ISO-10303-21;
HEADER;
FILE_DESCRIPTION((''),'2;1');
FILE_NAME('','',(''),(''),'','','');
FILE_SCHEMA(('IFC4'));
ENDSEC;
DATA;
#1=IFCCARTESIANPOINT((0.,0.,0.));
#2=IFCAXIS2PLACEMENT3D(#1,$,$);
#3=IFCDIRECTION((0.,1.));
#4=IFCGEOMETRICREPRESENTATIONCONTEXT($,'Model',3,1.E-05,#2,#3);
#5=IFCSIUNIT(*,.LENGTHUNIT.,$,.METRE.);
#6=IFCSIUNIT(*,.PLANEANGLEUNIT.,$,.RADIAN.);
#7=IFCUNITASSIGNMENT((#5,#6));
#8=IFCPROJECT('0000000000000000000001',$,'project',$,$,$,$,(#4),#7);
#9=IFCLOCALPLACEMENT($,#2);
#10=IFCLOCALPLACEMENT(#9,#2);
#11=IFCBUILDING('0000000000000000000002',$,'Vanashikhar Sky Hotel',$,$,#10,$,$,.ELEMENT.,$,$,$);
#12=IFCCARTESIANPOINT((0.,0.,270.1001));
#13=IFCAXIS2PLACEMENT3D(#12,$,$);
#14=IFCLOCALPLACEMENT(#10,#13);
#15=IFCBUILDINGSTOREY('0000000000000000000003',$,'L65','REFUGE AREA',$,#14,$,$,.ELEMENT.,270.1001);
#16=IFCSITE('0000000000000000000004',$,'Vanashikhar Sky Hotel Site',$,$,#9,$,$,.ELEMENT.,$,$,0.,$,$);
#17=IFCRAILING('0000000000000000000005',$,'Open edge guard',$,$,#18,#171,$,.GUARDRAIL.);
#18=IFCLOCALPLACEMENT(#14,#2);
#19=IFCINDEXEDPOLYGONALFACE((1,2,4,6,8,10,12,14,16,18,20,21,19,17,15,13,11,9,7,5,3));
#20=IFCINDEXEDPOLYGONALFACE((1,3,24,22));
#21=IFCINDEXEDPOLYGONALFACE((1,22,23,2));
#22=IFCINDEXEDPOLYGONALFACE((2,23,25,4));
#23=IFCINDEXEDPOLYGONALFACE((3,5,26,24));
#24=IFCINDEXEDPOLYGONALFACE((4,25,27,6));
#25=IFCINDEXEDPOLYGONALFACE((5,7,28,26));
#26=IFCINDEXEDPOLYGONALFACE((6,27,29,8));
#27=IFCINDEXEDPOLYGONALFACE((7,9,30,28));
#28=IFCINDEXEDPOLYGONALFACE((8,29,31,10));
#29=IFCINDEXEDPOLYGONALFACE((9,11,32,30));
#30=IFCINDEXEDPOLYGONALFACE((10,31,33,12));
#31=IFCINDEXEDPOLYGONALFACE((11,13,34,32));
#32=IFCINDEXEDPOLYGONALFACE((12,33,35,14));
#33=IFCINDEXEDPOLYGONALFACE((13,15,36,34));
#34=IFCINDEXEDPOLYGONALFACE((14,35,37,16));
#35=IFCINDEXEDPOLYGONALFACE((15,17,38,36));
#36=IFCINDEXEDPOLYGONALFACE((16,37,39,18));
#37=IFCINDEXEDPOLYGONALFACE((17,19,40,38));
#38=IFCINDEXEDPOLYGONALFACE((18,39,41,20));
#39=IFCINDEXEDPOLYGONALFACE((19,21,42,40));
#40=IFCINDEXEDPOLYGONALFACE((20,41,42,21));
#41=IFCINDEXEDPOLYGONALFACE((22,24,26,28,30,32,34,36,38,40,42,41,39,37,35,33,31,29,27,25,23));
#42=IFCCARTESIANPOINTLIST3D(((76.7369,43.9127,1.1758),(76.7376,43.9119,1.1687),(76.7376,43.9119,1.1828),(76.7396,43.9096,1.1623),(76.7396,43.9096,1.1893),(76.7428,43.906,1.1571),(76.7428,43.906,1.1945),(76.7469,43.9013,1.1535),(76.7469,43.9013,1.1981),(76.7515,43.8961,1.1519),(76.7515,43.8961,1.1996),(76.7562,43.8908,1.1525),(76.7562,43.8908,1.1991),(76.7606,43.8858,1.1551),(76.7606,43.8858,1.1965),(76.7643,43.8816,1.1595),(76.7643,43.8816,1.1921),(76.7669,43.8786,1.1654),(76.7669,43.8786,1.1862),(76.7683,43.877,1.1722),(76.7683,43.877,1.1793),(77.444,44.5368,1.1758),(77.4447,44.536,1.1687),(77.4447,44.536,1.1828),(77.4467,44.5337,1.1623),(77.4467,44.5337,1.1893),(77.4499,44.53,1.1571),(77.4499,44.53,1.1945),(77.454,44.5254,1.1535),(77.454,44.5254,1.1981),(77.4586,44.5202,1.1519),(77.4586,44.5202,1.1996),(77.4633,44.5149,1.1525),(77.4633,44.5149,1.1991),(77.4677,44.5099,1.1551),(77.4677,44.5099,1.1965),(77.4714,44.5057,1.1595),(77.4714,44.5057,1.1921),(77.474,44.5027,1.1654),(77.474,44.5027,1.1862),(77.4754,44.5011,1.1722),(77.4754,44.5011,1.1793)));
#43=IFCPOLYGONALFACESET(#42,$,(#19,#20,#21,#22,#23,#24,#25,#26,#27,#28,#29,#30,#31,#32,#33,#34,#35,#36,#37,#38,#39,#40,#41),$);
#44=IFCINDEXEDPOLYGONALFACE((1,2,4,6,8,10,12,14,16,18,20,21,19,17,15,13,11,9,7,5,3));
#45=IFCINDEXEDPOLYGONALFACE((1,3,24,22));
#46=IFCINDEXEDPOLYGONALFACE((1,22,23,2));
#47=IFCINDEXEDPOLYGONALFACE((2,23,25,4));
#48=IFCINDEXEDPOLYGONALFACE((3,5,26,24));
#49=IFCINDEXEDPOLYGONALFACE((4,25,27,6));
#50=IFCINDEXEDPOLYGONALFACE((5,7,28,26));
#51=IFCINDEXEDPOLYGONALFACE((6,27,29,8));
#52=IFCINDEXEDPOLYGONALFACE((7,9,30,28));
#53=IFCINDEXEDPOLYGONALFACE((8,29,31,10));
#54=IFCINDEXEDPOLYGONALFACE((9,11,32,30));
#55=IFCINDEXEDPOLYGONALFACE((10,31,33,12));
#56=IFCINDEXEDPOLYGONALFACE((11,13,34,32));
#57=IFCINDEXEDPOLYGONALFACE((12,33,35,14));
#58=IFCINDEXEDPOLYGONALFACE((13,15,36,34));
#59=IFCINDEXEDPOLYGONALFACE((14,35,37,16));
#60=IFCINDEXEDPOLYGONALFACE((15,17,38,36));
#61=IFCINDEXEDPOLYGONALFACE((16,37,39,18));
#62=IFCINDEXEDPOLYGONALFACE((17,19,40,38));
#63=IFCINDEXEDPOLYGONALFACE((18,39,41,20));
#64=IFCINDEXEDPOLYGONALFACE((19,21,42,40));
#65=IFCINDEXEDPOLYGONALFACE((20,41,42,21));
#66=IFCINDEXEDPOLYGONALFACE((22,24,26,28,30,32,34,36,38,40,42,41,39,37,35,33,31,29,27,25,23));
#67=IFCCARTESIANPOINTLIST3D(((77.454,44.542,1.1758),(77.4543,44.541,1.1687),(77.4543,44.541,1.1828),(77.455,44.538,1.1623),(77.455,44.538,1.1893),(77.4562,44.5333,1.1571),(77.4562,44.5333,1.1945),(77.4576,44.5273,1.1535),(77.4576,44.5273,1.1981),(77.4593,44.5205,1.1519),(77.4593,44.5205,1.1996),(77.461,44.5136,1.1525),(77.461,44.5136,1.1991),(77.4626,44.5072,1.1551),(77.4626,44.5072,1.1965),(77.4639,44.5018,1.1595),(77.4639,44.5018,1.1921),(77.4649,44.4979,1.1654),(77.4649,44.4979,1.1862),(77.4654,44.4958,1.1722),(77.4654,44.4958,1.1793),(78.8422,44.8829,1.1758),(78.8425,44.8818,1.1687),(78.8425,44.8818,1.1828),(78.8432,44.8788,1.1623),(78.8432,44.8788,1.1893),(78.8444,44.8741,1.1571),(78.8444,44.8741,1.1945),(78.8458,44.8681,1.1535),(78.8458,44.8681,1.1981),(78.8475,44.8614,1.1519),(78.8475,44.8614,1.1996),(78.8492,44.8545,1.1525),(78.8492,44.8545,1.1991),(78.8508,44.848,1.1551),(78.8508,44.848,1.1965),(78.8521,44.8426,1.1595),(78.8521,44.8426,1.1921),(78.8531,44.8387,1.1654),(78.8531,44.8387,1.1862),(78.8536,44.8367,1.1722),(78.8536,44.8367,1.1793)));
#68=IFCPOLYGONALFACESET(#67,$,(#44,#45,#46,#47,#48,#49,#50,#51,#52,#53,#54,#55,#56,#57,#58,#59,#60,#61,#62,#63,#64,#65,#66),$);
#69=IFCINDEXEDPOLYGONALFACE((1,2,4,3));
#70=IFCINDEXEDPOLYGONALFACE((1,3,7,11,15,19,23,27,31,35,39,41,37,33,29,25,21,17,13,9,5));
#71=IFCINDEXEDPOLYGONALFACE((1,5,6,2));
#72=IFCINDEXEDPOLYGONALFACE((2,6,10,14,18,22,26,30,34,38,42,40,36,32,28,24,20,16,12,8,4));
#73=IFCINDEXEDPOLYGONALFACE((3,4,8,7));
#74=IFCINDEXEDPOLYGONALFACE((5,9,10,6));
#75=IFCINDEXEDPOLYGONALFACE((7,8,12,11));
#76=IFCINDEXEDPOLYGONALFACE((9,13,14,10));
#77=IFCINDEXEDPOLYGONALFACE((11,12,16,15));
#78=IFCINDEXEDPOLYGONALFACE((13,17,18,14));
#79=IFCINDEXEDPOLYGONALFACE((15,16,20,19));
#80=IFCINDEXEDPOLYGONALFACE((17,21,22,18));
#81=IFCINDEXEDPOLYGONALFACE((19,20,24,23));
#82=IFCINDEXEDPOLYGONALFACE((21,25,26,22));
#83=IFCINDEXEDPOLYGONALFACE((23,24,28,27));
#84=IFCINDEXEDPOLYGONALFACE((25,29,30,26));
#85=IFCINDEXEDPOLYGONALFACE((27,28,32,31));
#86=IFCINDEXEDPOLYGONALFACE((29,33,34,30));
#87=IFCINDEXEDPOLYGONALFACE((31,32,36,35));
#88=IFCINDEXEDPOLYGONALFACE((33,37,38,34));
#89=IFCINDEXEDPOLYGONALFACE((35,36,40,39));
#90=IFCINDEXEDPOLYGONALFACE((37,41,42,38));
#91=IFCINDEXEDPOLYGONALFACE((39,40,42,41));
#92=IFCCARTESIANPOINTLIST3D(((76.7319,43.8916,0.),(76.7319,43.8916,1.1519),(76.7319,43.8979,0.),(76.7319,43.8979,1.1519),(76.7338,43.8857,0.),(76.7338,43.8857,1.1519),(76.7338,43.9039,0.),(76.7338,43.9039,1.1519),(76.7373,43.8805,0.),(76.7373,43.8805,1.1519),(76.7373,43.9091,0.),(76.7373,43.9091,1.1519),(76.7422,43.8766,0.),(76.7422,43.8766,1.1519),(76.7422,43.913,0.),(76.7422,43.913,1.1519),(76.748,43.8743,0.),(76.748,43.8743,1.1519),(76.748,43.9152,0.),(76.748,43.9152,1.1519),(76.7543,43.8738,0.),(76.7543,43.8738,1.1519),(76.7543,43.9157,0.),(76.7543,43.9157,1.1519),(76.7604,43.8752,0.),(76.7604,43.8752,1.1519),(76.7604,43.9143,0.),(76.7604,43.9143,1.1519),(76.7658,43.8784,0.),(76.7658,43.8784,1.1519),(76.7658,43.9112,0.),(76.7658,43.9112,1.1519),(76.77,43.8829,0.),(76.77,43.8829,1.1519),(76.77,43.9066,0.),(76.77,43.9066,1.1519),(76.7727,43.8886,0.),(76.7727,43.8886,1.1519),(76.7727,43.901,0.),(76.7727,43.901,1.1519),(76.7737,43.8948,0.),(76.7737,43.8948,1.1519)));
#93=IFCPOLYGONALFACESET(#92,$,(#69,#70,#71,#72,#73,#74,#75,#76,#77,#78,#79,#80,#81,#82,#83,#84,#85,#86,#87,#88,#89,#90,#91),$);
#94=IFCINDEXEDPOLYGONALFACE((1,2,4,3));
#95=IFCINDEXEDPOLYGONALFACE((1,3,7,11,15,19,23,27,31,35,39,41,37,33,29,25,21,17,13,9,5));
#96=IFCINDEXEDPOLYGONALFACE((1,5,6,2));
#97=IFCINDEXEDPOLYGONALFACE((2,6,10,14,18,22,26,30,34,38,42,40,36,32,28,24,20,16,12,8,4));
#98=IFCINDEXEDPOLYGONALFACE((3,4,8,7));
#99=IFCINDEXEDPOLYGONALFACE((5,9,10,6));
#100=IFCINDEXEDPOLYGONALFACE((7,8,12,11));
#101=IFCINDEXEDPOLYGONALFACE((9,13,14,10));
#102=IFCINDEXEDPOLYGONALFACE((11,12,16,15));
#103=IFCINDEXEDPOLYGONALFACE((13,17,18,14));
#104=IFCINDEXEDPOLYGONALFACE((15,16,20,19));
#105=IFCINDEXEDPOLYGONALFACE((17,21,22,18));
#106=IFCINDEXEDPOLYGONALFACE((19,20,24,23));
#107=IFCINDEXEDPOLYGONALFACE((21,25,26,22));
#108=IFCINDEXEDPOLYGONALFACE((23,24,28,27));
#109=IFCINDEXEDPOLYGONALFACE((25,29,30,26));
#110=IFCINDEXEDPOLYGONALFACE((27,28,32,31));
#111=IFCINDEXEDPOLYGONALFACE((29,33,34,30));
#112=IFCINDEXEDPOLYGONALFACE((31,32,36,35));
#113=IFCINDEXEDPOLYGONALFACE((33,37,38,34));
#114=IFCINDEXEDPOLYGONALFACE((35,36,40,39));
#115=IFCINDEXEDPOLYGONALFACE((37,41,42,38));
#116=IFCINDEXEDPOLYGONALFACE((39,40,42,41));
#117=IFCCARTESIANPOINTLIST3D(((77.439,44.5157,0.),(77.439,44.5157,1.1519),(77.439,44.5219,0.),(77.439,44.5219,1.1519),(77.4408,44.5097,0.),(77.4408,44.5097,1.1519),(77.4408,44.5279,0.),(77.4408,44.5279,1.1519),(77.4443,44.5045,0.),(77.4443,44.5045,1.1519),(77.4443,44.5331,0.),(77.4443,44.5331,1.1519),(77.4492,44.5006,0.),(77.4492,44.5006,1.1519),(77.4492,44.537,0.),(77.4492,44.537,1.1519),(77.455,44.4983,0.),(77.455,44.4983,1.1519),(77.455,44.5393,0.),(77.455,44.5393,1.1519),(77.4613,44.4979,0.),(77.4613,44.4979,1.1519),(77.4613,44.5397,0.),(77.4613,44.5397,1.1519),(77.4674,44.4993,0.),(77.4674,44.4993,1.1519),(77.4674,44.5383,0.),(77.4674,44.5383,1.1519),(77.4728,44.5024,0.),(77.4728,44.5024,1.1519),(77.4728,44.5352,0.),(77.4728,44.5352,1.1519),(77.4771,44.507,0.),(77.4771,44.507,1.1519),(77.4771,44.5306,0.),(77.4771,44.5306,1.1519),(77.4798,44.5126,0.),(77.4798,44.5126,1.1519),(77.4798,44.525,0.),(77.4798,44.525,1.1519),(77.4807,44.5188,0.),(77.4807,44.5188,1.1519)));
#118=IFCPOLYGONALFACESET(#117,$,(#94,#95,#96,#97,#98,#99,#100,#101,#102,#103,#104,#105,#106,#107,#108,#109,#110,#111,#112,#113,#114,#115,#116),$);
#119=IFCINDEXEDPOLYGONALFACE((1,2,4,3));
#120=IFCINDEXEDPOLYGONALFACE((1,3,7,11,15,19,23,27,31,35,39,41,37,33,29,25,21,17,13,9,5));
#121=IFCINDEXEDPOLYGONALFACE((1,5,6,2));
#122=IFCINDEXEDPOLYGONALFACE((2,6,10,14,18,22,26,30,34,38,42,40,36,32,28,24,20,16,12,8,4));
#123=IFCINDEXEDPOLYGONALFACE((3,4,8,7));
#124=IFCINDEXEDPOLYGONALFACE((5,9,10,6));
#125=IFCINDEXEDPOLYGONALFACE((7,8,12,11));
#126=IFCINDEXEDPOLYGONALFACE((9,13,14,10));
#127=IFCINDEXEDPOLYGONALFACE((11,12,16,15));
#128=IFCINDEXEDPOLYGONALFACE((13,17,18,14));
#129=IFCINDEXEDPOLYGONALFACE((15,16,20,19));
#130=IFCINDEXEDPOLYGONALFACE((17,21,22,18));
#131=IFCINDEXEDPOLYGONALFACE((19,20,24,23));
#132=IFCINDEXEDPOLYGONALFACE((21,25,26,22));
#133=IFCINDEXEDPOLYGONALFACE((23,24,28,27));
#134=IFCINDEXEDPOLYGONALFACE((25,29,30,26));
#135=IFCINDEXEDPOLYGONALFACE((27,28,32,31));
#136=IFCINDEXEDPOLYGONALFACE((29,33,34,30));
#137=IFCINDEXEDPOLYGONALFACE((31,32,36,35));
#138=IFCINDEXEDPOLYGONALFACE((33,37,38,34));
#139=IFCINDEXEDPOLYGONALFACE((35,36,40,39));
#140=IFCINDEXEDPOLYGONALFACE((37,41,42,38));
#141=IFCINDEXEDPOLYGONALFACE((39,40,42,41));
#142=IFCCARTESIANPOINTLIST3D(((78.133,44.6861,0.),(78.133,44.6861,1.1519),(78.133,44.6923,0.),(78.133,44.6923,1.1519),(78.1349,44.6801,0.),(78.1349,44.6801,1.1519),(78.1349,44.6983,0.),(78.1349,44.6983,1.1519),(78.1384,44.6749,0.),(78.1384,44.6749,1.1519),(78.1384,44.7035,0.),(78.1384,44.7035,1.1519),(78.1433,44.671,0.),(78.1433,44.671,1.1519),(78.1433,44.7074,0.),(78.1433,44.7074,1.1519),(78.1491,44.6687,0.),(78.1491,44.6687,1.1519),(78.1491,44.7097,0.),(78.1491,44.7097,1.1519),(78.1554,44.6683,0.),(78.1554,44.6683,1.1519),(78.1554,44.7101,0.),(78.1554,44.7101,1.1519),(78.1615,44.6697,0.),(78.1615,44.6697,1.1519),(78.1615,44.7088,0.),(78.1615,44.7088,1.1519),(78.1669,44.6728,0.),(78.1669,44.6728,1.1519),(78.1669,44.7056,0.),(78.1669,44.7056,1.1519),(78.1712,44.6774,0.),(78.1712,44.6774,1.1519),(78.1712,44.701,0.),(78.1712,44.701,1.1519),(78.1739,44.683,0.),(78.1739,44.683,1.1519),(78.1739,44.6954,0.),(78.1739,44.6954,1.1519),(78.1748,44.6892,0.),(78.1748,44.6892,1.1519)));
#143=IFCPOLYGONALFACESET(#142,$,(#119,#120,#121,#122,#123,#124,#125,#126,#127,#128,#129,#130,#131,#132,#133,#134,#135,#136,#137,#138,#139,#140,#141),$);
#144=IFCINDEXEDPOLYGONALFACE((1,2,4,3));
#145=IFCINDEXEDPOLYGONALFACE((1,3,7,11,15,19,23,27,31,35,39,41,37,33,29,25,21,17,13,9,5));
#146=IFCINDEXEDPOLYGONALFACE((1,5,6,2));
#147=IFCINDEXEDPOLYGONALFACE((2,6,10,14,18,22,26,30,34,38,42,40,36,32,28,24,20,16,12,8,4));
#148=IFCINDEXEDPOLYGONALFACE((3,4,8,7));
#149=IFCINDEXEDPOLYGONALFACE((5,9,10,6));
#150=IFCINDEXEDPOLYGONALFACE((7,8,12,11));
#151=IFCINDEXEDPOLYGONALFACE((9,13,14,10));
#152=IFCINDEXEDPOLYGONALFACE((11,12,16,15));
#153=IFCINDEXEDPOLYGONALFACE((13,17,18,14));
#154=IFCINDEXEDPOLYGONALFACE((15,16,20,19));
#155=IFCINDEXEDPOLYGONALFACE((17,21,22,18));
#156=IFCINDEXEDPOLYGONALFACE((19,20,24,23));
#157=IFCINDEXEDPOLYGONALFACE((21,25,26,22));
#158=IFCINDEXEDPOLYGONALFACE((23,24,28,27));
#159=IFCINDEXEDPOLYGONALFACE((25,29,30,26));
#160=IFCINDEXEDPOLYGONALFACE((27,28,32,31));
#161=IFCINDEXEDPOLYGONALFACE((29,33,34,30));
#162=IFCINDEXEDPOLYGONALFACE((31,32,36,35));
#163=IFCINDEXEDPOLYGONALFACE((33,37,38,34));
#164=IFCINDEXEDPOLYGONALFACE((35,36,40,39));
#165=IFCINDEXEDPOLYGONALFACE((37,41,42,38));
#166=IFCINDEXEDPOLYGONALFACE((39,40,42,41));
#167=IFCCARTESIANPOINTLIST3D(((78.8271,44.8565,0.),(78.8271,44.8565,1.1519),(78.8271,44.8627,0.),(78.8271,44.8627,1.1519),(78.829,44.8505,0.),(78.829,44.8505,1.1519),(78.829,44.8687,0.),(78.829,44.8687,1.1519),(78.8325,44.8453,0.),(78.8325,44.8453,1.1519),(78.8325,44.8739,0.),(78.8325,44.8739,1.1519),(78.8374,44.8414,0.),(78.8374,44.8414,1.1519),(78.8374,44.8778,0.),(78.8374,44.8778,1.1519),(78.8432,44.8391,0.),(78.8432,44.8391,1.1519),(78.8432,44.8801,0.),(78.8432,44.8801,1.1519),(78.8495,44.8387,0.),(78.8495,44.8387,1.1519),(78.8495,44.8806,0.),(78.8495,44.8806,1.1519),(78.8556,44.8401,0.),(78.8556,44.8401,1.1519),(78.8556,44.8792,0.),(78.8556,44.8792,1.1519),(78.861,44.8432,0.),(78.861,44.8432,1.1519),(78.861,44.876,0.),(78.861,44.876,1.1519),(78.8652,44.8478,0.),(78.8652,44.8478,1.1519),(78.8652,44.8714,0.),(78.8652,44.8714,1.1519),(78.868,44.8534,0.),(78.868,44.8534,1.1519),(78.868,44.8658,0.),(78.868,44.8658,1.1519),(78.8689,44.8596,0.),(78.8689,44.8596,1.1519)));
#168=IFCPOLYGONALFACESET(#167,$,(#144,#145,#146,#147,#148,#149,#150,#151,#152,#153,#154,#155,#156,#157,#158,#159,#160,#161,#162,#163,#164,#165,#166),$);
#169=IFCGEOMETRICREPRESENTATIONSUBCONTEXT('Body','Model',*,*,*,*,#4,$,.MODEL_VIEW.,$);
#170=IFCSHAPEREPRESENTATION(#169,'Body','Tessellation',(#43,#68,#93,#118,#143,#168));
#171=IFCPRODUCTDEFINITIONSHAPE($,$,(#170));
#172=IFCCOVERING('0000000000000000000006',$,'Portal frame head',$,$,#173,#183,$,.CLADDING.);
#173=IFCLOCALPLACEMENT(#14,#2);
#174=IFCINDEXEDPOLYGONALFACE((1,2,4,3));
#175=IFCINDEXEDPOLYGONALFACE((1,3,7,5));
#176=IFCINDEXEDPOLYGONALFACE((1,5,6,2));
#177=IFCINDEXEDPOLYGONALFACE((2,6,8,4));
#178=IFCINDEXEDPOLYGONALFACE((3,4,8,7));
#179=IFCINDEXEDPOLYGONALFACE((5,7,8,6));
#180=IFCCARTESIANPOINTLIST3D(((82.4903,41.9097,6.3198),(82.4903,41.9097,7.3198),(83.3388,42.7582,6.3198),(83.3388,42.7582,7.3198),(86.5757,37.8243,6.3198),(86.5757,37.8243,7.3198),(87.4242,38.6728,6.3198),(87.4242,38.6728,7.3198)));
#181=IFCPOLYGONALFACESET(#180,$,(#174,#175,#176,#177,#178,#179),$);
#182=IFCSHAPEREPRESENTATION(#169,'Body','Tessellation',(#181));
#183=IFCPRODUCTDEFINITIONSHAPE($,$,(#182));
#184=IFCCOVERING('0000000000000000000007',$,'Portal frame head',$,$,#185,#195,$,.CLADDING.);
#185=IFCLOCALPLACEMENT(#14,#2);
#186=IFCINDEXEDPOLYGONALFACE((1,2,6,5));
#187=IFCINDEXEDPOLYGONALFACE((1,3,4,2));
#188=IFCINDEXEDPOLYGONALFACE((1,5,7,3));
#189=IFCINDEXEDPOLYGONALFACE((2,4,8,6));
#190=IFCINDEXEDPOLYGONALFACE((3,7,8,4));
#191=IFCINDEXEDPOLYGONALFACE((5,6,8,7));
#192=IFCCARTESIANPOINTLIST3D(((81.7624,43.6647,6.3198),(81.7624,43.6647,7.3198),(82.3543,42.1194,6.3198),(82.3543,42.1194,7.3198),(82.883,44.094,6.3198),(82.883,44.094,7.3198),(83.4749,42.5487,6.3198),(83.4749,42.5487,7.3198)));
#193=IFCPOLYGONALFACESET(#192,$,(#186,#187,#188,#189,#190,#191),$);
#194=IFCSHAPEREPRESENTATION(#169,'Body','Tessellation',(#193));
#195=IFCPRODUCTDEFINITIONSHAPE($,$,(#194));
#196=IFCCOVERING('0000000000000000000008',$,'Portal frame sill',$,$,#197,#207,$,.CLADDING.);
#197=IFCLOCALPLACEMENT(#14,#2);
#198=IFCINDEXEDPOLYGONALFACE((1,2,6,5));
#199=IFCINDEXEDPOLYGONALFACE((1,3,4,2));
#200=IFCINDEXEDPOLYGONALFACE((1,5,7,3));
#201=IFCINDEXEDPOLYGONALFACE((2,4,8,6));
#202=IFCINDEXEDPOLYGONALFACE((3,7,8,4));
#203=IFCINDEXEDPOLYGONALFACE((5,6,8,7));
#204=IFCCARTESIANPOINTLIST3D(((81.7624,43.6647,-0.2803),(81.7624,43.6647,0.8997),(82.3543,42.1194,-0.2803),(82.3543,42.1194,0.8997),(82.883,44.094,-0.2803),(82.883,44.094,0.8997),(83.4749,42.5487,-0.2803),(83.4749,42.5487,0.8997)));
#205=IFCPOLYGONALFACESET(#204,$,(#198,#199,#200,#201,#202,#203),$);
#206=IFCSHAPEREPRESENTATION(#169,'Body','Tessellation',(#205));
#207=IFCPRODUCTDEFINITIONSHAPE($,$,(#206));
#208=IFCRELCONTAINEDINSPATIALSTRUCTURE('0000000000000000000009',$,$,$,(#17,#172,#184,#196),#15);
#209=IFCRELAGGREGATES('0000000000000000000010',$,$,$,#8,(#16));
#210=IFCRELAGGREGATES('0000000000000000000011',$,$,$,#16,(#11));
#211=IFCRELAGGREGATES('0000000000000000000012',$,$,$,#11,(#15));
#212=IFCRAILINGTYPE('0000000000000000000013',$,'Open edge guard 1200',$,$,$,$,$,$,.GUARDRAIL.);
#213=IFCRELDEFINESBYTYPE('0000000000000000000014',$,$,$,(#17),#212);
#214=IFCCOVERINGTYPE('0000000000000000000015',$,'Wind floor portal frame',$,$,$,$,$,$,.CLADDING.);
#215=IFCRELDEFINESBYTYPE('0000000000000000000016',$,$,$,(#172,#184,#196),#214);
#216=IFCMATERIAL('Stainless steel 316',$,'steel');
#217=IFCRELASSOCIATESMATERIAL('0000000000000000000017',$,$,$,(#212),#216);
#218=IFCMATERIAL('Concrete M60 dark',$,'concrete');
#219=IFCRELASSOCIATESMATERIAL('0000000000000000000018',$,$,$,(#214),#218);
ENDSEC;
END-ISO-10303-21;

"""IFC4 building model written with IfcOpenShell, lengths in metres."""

from ifc_helpers import new_model, si_unit, direction, frame, origin, origin_2d, place, context, subcontext, project, spatial, rectangle, circle, extrude, source, transform, mapped, material, type_object, element, save


model = new_model("IFC4")

# Units and contexts
model_context = context("Model", 3, precision=1e-05, world=origin(), true_north=direction((0.0, 1.0)))
body_context = subcontext(model_context, "Body", "Model", "MODEL_VIEW")
ifc_project = project(units=[si_unit("LENGTHUNIT", "METRE"), si_unit("PLANEANGLEUNIT", "RADIAN")], contexts=[model_context])

# Site, building, storey
site_placement = place(None, origin())
site = spatial("IfcSite", under=ifc_project, at=site_placement, Name="Vanashikhar Sky Hotel Site", CompositionType="ELEMENT", RefElevation=0.0)
building_placement = place(site_placement, origin())
building = spatial("IfcBuilding", under=site, at=building_placement, Name="Vanashikhar Sky Hotel", CompositionType="ELEMENT")
storey_placement = place(building_placement, frame((0.0, 0.0, 270.1001)))
storey = spatial("IfcBuildingStorey", under=building, at=storey_placement, Name="L65", Description="REFUGE AREA", CompositionType="ELEMENT", Elevation=270.1001)

# Railing
ifc_material_1 = material(Name="Stainless steel 316", Category="steel")
railing_type = type_object("IfcRailingType", Name="Open edge guard 1200", PredefinedType="GUARDRAIL", material=ifc_material_1)
shared_shape_1 = source(origin(), body_context, "Body", "SweptSolid", [
    extrude(circle(Radius=0.0239, at=origin_2d()), frame((0.0, 0.0, 1.1758), z_axis=(0.749747, 0.661724, 0.0), x_axis=(-0.661724, 0.749747, 0.0)), (0.0, 0.0, 1.0), 0.9431),
    extrude(circle(Radius=0.0239, at=origin_2d()), frame((0.707, 0.624, 1.1758), z_axis=(0.971159, 0.238434, 0.0), x_axis=(-0.238434, 0.971159, 0.0)), (0.0, 0.0, 1.0), 1.4294),
    extrude(circle(Radius=0.021, at=origin_2d()), origin(), (0.0, 0.0, 1.0), 1.1519),
    extrude(circle(Radius=0.021, at=origin_2d()), frame((0.707, 0.624, 0.0)), (0.0, 0.0, 1.0), 1.1519),
    extrude(circle(Radius=0.021, at=origin_2d()), frame((1.4011, 0.7944, 0.0)), (0.0, 0.0, 1.0), 1.1519),
    extrude(circle(Radius=0.021, at=origin_2d()), frame((2.0952, 0.9648, 0.0)), (0.0, 0.0, 1.0), 1.1519),
])
railing_1_placement = place(storey_placement, frame((76.7527, 43.8948, 0.0)))
element("IfcRailing", 1, at=railing_1_placement, inside=storey, type_object=railing_type, Name="Open edge guard", PredefinedType="GUARDRAIL", context=body_context, shape_type="MappedRepresentation", body=[
    mapped(shared_shape_1, transform((0.0, 0.0, 0.0), scale=1.0)),
])

# Coverings
ifc_material_2 = material(Name="Concrete M60 dark", Category="concrete")
covering_type = type_object("IfcCoveringType", Name="Wind floor portal frame", PredefinedType="CLADDING", material=ifc_material_2)
shared_shape_2 = source(origin(), body_context, "Body", "SweptSolid", [
    extrude(rectangle(XDim=5.7776, YDim=1.2, at=origin_2d()), origin(), (0.0, 0.0, 1.0), 1.0),
])
covering_1_placement = place(storey_placement, frame((84.9573, 40.2913, 6.3198), z_axis=(0.0, 0.0, 1.0), x_axis=(-0.707107, 0.707107, 0.0)))
element("IfcCovering", 2, at=covering_1_placement, inside=storey, type_object=covering_type, Name="Portal frame head", PredefinedType="CLADDING", context=body_context, shape_type="MappedRepresentation", body=[
    mapped(shared_shape_2, transform((0.0, 0.0, 0.0), scale=1.0)),
])
shared_shape_3 = source(origin(), body_context, "Body", "SweptSolid", [
    extrude(rectangle(XDim=1.6548, YDim=1.2, at=origin_2d()), origin(), (0.0, 0.0, 1.0), 1.0),
])
covering_2_placement = place(storey_placement, frame((82.6187, 43.1067, 6.3198), z_axis=(0.0, 0.0, 1.0), x_axis=(-0.357716, 0.93383, 0.0)))
element("IfcCovering", 3, at=covering_2_placement, inside=storey, type_object=covering_type, Name="Portal frame head", PredefinedType="CLADDING", context=body_context, shape_type="MappedRepresentation", body=[
    mapped(shared_shape_3, transform((0.0, 0.0, 0.0), scale=1.0)),
])
shared_shape_4 = source(origin(), body_context, "Body", "SweptSolid", [
    extrude(rectangle(XDim=1.6548, YDim=1.2, at=origin_2d()), origin(), (0.0, 0.0, 1.0), 1.1799),
])
covering_3_placement = place(storey_placement, frame((82.6187, 43.1067, -0.2803), z_axis=(0.0, 0.0, 1.0), x_axis=(-0.357716, 0.93383, 0.0)))
element("IfcCovering", 4, at=covering_3_placement, inside=storey, type_object=covering_type, Name="Portal frame sill", PredefinedType="CLADDING", context=body_context, shape_type="MappedRepresentation", body=[
    mapped(shared_shape_4, transform((0.0, 0.0, 0.0), scale=1.0)),
])

save(model, "model.ifc")
